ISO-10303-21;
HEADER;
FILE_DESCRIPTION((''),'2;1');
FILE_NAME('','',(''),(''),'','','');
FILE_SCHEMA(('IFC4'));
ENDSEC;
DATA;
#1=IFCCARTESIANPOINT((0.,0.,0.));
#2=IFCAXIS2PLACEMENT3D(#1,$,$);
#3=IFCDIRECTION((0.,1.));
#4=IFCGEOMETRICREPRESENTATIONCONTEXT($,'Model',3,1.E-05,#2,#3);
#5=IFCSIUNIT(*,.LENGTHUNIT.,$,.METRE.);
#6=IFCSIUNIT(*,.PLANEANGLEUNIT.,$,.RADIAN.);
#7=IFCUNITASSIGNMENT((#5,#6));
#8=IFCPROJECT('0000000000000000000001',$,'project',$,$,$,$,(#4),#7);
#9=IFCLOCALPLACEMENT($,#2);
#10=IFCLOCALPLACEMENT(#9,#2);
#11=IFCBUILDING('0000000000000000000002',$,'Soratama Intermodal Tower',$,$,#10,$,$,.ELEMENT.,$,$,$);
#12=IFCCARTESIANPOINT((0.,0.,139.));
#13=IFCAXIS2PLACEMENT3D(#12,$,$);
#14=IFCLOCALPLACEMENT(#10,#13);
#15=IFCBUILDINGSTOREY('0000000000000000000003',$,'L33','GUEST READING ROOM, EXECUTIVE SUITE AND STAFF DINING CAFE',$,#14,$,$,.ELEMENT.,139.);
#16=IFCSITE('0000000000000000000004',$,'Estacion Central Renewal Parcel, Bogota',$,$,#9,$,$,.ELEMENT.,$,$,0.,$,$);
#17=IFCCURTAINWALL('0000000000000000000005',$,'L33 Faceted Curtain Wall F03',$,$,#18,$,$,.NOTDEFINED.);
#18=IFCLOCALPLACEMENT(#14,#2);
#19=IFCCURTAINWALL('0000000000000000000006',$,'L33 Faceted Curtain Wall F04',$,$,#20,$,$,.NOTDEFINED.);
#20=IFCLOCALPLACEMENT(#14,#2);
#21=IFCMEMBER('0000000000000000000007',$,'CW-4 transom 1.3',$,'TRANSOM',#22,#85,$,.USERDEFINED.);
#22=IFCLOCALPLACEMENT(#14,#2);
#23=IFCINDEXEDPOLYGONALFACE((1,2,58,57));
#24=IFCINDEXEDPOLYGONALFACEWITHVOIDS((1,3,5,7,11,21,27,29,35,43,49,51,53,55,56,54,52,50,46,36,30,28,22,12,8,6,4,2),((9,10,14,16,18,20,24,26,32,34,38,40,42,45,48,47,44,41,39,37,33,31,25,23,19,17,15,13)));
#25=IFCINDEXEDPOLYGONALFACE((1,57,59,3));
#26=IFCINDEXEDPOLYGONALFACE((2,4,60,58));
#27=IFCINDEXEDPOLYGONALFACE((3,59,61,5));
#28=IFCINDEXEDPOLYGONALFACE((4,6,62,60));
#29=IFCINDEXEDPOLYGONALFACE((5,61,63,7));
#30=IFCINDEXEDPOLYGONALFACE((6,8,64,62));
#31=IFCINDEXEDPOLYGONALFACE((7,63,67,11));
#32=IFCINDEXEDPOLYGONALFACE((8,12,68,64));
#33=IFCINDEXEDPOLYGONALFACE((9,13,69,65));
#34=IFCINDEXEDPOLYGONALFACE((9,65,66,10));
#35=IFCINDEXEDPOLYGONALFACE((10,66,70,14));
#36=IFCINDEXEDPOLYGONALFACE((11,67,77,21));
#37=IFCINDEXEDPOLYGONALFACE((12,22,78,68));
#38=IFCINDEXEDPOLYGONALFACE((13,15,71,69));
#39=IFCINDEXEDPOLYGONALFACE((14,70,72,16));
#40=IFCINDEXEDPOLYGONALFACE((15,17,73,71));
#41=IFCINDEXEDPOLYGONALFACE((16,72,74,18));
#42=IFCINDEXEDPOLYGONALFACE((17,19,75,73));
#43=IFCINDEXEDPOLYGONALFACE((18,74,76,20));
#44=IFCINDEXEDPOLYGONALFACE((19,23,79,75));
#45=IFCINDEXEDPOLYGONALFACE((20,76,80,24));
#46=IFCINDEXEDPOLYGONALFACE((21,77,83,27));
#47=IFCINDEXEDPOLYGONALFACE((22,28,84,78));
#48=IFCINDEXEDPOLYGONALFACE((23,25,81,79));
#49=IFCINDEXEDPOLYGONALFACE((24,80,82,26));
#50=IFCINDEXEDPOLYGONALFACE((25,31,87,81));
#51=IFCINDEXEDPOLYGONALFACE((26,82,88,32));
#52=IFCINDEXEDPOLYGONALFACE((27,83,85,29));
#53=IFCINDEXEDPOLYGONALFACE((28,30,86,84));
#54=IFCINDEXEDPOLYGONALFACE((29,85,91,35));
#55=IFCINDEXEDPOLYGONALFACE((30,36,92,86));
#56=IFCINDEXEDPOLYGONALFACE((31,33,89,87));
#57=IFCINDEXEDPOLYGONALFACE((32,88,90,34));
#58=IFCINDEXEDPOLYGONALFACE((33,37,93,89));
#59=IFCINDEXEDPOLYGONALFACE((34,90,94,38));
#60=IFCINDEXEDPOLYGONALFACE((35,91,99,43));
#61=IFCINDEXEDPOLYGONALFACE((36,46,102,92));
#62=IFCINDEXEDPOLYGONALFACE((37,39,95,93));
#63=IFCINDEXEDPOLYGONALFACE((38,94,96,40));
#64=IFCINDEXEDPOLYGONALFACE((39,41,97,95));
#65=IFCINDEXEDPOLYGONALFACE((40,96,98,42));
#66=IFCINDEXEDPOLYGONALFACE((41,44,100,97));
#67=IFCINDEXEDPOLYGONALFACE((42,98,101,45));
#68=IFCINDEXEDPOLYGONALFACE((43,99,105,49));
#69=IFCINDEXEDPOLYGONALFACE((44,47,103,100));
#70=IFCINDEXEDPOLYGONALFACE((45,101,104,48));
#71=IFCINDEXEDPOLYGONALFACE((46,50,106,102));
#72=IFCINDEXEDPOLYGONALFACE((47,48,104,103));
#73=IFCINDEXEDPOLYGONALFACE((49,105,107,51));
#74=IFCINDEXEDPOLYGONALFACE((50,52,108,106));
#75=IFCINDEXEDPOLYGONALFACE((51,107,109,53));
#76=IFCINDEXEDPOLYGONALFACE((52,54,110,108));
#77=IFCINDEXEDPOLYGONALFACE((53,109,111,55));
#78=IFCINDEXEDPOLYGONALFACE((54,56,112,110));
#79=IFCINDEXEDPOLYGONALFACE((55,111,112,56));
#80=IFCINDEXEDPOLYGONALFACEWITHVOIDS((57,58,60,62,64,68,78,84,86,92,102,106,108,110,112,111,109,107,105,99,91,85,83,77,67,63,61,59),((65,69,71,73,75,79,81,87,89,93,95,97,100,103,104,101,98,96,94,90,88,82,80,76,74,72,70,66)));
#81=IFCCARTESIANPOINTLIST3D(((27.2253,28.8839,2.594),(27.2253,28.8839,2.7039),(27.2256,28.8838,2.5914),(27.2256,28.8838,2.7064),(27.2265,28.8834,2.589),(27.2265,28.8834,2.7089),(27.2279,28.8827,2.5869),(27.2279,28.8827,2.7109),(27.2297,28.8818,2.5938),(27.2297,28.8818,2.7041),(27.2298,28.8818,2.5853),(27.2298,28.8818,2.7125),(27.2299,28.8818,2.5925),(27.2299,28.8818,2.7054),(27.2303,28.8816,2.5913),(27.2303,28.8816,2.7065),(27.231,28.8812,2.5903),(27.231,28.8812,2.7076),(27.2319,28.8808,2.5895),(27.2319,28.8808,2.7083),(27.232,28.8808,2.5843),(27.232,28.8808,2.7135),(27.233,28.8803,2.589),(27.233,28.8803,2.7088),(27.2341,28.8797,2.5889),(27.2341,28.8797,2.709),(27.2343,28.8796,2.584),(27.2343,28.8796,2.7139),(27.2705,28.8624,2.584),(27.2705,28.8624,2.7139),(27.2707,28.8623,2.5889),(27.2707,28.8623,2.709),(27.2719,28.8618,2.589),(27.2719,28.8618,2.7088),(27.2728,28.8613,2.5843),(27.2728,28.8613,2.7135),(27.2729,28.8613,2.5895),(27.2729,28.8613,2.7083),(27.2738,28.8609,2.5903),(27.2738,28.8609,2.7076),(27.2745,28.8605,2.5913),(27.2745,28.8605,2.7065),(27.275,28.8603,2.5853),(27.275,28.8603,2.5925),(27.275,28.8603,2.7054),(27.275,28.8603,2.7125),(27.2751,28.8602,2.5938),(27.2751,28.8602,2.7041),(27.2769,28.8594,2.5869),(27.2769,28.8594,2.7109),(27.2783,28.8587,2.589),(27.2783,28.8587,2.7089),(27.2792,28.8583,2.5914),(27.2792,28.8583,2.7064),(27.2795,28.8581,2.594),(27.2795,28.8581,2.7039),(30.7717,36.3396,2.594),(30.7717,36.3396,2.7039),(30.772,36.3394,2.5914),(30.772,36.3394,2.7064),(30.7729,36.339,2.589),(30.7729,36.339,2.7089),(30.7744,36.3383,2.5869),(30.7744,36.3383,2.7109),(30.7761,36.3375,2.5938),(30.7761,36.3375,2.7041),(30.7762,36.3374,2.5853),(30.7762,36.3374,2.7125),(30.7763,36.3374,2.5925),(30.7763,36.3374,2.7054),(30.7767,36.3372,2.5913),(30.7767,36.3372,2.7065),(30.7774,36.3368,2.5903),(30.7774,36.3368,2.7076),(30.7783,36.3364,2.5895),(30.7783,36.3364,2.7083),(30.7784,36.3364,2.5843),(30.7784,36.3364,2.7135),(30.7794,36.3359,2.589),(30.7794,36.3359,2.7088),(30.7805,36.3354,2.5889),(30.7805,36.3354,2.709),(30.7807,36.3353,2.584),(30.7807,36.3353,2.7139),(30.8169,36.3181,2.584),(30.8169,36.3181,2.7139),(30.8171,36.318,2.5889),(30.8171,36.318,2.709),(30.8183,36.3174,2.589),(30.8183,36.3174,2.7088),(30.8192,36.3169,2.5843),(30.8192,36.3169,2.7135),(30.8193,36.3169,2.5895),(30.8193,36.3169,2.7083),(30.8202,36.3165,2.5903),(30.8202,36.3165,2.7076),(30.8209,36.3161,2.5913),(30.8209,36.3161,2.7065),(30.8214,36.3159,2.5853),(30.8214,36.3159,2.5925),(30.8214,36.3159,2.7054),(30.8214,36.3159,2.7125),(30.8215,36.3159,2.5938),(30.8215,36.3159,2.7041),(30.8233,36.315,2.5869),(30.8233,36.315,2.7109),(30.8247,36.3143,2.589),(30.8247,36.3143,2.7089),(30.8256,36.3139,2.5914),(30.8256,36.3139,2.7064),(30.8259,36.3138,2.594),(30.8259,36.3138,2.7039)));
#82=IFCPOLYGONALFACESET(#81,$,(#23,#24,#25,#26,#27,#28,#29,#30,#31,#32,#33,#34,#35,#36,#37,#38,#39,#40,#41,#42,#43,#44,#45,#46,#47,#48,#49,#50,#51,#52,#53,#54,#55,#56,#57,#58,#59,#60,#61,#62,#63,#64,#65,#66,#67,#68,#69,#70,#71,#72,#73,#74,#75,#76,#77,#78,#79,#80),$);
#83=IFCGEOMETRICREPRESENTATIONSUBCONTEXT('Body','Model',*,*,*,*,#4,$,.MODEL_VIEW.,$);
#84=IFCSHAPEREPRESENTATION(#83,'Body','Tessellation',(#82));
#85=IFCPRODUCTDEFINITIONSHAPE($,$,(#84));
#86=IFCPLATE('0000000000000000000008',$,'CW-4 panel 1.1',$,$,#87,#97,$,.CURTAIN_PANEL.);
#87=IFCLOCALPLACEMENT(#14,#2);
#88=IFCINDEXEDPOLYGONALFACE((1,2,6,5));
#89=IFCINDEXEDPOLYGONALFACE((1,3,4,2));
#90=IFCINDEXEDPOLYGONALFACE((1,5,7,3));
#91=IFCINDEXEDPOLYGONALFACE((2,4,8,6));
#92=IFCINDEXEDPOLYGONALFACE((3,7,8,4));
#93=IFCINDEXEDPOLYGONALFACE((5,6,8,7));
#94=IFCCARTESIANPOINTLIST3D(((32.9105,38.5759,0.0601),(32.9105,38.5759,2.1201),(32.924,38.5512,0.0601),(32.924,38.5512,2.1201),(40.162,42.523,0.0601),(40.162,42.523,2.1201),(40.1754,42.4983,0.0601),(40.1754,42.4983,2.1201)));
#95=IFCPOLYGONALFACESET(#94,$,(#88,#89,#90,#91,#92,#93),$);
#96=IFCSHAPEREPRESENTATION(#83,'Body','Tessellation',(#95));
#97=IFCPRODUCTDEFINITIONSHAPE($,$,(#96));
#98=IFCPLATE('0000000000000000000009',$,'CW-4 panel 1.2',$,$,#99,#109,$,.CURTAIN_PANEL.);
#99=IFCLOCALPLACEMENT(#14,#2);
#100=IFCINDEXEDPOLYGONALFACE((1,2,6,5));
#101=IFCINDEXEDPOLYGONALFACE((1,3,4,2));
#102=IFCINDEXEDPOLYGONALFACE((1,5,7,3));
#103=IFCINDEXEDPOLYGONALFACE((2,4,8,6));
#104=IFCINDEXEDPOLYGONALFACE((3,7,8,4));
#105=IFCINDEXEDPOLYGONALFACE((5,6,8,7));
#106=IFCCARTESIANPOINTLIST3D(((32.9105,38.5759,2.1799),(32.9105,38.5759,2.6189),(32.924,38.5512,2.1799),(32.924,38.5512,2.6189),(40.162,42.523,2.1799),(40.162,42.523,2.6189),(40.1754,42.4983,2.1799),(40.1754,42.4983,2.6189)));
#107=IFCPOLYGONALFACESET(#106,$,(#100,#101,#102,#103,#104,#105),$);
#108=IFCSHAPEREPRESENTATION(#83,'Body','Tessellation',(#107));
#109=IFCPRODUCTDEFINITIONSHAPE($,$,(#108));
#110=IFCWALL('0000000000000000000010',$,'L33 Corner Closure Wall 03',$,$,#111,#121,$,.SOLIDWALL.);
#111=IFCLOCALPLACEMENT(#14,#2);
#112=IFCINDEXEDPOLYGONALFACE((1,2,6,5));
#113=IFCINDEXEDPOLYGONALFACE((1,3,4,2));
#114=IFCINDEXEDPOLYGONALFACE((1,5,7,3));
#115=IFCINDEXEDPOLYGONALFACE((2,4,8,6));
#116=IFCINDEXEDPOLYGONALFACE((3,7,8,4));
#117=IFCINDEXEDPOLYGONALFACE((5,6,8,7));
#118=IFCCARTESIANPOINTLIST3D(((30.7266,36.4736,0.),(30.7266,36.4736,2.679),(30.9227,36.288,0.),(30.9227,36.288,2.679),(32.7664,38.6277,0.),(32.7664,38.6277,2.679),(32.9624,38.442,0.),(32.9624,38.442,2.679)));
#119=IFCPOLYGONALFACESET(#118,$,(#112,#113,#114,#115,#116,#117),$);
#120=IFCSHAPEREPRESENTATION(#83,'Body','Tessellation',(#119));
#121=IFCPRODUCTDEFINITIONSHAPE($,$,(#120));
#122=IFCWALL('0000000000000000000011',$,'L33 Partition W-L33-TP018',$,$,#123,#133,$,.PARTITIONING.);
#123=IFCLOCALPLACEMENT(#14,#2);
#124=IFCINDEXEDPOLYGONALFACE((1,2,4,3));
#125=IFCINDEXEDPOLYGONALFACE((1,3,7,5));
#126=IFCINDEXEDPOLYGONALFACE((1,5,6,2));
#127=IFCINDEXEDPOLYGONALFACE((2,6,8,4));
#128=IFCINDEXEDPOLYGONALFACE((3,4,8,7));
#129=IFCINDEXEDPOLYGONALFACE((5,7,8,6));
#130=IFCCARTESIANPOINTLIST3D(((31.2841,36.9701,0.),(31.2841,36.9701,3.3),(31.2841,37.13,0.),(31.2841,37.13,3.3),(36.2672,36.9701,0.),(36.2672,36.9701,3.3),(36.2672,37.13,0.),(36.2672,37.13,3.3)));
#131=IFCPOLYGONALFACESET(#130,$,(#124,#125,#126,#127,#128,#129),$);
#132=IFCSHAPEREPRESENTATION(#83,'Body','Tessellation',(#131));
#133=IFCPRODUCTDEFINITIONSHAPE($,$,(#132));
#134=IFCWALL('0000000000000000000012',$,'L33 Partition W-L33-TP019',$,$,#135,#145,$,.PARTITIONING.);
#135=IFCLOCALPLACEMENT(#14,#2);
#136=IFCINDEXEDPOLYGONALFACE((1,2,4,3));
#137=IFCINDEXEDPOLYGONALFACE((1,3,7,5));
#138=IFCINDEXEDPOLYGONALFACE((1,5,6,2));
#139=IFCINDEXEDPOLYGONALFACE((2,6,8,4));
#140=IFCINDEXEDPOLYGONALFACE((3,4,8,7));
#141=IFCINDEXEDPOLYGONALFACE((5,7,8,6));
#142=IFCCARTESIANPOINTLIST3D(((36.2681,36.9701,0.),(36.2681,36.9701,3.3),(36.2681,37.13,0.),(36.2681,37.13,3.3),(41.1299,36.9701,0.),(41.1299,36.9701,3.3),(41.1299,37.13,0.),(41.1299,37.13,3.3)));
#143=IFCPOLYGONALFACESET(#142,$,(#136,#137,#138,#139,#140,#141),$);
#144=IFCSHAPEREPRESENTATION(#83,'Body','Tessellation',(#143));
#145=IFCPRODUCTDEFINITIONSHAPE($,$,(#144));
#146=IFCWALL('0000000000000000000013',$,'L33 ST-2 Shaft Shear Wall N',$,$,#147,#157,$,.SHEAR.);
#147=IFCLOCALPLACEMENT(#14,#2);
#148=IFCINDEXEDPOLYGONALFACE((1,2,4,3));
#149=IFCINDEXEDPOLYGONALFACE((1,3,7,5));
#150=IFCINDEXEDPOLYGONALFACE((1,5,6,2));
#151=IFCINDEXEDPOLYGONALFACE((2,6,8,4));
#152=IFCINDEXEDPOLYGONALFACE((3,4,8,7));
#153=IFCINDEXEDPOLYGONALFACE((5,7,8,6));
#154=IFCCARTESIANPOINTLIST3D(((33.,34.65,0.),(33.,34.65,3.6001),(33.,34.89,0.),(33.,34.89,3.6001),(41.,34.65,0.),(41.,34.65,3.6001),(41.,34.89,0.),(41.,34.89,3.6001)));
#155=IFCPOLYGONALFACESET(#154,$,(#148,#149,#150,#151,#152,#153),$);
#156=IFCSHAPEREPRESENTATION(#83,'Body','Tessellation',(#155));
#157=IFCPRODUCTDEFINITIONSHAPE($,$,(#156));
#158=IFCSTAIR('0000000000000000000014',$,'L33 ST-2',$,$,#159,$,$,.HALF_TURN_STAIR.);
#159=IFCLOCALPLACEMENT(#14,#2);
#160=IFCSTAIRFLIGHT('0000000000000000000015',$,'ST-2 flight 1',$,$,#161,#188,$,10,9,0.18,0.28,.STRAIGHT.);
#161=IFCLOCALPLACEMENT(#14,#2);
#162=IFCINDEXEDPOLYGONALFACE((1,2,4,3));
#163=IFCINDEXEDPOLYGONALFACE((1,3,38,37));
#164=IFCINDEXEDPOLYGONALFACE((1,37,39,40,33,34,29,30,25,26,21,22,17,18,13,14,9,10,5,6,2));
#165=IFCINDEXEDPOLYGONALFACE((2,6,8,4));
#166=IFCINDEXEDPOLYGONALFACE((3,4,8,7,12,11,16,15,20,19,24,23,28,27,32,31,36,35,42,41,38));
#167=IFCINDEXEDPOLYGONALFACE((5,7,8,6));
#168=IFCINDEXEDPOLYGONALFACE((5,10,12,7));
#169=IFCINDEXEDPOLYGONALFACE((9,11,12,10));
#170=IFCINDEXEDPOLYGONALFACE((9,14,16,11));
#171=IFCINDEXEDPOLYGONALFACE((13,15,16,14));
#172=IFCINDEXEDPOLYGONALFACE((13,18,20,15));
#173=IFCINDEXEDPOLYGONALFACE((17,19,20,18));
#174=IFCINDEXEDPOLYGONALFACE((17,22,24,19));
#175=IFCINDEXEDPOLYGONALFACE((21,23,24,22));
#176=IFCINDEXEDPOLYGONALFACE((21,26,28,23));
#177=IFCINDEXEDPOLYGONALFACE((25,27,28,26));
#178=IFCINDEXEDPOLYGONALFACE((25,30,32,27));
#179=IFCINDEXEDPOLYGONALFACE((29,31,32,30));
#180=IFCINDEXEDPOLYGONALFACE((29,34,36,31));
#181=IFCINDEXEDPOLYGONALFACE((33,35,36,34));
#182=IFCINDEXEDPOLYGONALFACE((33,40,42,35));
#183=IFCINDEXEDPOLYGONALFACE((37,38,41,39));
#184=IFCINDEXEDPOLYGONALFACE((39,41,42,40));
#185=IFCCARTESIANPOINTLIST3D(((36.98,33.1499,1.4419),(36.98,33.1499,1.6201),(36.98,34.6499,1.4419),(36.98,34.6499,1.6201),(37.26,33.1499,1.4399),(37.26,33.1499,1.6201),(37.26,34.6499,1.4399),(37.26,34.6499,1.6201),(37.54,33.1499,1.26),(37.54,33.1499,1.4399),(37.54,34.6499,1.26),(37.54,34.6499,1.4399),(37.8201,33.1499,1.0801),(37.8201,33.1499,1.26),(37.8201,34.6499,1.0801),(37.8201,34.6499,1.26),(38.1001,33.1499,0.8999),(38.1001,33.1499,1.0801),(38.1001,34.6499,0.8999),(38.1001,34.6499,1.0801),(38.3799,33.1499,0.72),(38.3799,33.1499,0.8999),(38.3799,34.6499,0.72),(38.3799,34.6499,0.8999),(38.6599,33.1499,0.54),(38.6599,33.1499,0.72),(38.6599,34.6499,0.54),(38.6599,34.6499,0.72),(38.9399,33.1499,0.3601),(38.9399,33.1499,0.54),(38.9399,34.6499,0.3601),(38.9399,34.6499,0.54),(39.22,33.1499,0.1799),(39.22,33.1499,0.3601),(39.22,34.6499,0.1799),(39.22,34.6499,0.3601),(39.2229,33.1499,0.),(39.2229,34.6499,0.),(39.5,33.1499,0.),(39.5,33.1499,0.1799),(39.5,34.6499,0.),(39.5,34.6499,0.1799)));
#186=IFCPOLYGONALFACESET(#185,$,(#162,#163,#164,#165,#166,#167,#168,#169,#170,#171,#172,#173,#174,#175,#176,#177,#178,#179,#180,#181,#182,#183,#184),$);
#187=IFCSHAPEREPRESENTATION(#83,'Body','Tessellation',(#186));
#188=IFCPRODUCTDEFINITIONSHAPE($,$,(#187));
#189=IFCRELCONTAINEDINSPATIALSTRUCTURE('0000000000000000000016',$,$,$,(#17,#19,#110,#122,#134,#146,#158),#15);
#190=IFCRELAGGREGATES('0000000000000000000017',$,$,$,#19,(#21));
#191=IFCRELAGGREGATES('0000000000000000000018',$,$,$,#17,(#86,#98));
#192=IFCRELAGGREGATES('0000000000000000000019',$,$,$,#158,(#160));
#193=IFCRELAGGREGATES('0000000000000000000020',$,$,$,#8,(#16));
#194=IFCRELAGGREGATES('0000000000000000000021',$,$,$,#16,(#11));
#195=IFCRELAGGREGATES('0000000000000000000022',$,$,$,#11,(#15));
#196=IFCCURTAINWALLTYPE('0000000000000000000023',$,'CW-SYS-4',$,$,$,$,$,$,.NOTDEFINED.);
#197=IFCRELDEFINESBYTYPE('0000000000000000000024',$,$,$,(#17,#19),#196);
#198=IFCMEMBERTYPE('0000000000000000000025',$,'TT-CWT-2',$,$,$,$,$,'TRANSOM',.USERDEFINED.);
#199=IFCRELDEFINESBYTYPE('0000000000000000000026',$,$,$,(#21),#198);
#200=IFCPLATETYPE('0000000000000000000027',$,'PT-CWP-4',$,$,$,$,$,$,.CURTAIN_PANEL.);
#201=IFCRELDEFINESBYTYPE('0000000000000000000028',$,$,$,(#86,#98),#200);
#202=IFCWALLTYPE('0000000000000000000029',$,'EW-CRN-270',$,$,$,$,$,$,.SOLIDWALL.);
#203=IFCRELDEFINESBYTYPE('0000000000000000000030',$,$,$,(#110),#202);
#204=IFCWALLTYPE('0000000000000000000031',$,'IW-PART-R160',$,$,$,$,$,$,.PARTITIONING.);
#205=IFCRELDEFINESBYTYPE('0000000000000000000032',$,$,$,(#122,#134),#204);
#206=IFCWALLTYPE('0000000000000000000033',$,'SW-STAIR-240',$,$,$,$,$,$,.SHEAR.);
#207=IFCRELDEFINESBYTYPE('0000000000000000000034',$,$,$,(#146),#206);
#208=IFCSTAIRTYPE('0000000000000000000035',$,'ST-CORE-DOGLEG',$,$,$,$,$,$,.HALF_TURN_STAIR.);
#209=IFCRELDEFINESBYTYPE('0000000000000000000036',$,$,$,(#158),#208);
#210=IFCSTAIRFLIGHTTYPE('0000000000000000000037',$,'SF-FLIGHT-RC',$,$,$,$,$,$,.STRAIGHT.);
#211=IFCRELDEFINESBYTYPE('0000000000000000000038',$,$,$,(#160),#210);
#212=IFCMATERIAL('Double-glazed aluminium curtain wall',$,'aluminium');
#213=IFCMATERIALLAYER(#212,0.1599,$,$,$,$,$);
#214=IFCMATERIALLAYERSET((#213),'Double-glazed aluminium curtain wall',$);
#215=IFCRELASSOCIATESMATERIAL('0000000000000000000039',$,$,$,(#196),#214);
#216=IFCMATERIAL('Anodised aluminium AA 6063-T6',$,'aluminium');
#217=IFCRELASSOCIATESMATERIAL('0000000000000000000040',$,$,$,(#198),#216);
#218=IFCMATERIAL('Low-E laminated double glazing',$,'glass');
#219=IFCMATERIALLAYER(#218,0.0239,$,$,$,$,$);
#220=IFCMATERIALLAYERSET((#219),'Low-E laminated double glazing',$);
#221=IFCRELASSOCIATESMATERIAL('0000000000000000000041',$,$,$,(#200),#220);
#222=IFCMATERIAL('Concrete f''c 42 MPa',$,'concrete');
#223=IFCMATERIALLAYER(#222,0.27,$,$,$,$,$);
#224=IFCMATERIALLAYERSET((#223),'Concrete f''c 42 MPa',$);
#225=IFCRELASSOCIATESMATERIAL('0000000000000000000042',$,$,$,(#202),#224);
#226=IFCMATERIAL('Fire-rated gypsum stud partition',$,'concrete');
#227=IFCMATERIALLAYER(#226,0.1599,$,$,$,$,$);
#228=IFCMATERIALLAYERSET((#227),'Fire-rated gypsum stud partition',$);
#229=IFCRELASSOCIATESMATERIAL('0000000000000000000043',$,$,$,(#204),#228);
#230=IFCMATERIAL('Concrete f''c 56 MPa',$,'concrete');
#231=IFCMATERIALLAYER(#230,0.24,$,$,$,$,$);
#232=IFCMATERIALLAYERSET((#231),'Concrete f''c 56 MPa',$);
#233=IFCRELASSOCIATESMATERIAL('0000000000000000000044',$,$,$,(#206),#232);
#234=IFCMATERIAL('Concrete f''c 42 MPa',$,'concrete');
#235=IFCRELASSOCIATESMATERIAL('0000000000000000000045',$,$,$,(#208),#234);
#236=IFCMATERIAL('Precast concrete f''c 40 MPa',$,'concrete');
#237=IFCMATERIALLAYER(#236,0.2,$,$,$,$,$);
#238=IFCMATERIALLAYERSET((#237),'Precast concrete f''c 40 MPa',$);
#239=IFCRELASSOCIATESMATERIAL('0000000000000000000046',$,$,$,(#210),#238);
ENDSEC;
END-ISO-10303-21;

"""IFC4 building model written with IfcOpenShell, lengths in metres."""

from ifc_helpers import new_model, si_unit, direction, frame, frame_2d, origin, origin_2d, place, context, subcontext, project, spatial, polyline, rectangle, hollow_rectangle, outline, extrude, material, layer, layer_set, material_profile, profile_set, type_object, element, aggregate, save


model = new_model("IFC4")

# Units and contexts
model_context = context("Model", 3, precision=1e-05, world=origin(), true_north=direction((0.0, 1.0)))
body_context = subcontext(model_context, "Body", "Model", "MODEL_VIEW")
ifc_project = project(units=[si_unit("LENGTHUNIT", "METRE"), si_unit("PLANEANGLEUNIT", "RADIAN")], contexts=[model_context])

# Site, building, storey
site_placement = place(None, origin())
site = spatial("IfcSite", under=ifc_project, at=site_placement, Name="Estacion Central Renewal Parcel, Bogota", CompositionType="ELEMENT", RefElevation=0.0)
building_placement = place(site_placement, origin())
building = spatial("IfcBuilding", under=site, at=building_placement, Name="Soratama Intermodal Tower", CompositionType="ELEMENT")
storey_placement = place(building_placement, frame((0.0, 0.0, 139.0)))
storey = spatial("IfcBuildingStorey", under=building, at=storey_placement, Name="L33", Description="GUEST READING ROOM, EXECUTIVE SUITE AND STAFF DINING CAFE", CompositionType="ELEMENT", Elevation=139.0)

# Curtain wall
ifc_material_1 = material(Name="Double-glazed aluminium curtain wall", Category="aluminium")
ifc_layer_1 = layer(ifc_material_1, 0.1599)
ifc_layer_set_1 = layer_set([ifc_layer_1], Name="Double-glazed aluminium curtain wall")
curtain_wall_type = type_object("IfcCurtainWallType", Name="CW-SYS-4", PredefinedType="NOTDEFINED", material=ifc_layer_set_1)
curtain_wall_1_placement = place(storey_placement, origin())
curtain_wall_1 = element("IfcCurtainWall", 1, at=curtain_wall_1_placement, inside=storey, type_object=curtain_wall_type, Name="L33 Faceted Curtain Wall F03", PredefinedType="NOTDEFINED")

# Curtain wall
curtain_wall_2_placement = place(storey_placement, origin())
curtain_wall_2 = element("IfcCurtainWall", 2, at=curtain_wall_2_placement, inside=storey, type_object=curtain_wall_type, Name="L33 Faceted Curtain Wall F04", PredefinedType="NOTDEFINED")

# Member
ifc_material_2 = material(Name="Anodised aluminium AA 6063-T6", Category="aluminium")
ifc_material_profile_1 = material_profile(ifc_material_2, hollow_rectangle(XDim=0.0601, YDim=0.1299, WallThickness=0.0049, InnerFilletRadius=0.0049, OuterFilletRadius=0.01, at=origin_2d()), Name="CWT130X60X5")
ifc_profile_set_1 = profile_set([ifc_material_profile_1], Name="Anodised aluminium AA 6063-T6")
member_type_1 = type_object("IfcMemberType", Name="TT-CWT-2", ElementType="TRANSOM", PredefinedType="USERDEFINED", material=ifc_profile_set_1)
member_1_placement = place(storey_placement, frame((30.7988, 36.3267, 2.6489), z_axis=(-0.42955, -0.903043, 0.0), x_axis=(0.903043, -0.42955, 0.0)))
member_1 = element("IfcMember", 3, at=member_1_placement, type_object=member_type_1, Name="CW-4 transom 1.3", ObjectType="TRANSOM", PredefinedType="USERDEFINED", context=body_context, shape_type="SweptSolid", body=[
    extrude(hollow_rectangle(XDim=0.0601, YDim=0.1299, WallThickness=0.0049, InnerFilletRadius=0.0049, OuterFilletRadius=0.01, at=origin_2d()), origin(), (0.0, 0.0, 1.0), 8.2561),
])
aggregate(curtain_wall_2, [member_1])

# Plates
ifc_material_3 = material(Name="Low-E laminated double glazing", Category="glass")
ifc_layer_2 = layer(ifc_material_3, 0.0239)
ifc_layer_set_2 = layer_set([ifc_layer_2], Name="Low-E laminated double glazing")
plate_type = type_object("IfcPlateType", Name="PT-CWP-4", PredefinedType="CURTAIN_PANEL", material=ifc_layer_set_2)
plate_1_placement = place(storey_placement, frame((36.543, 40.5371, 0.0601), z_axis=(0.0, 0.0, 1.0), x_axis=(-0.878315, -0.478083, 0.0)))
plate_1 = element("IfcPlate", 4, at=plate_1_placement, type_object=plate_type, Name="CW-4 panel 1.1", PredefinedType="CURTAIN_PANEL", context=body_context, shape_type="SweptSolid", body=[
    extrude(rectangle(XDim=8.2561, YDim=0.0281, at=origin_2d()), origin(), (0.0, 0.0, 1.0), 2.0601),
])
plate_2_placement = place(storey_placement, frame((36.543, 40.5371, 2.1799), z_axis=(0.0, 0.0, 1.0), x_axis=(-0.878315, -0.478083, 0.0)))
plate_2 = element("IfcPlate", 5, at=plate_2_placement, type_object=plate_type, Name="CW-4 panel 1.2", PredefinedType="CURTAIN_PANEL", context=body_context, shape_type="SweptSolid", body=[
    extrude(rectangle(XDim=8.2561, YDim=0.0281, at=origin_2d()), origin(), (0.0, 0.0, 1.0), 0.439),
])
aggregate(curtain_wall_1, [plate_1, plate_2])

# Walls
ifc_material_4 = material(Name="Concrete f'c 42 MPa", Category="concrete")
ifc_layer_3 = layer(ifc_material_4, 0.27)
ifc_layer_set_3 = layer_set([ifc_layer_3], Name="Concrete f'c 42 MPa")
wall_type_1 = type_object("IfcWallType", Name="EW-CRN-270", PredefinedType="SOLIDWALL", material=ifc_layer_set_3)
wall_1_placement = place(storey_placement, frame((32.8645, 38.5349, 0.0), z_axis=(0.0, 0.0, 1.0), x_axis=(-0.687587, -0.726102, 0.0)))
element("IfcWall", 6, at=wall_1_placement, inside=storey, type_object=wall_type_1, Name="L33 Corner Closure Wall 03", PredefinedType="SOLIDWALL", context=body_context, shape_type="SweptSolid", body=[
    extrude(rectangle(XDim=2.9666, YDim=0.27, at=frame_2d((1.4834, 0.0))), origin(), (0.0, 0.0, 1.0), 2.679),
])
ifc_material_5 = material(Name="Fire-rated gypsum stud partition", Category="concrete")
ifc_layer_4 = layer(ifc_material_5, 0.1599)
ifc_layer_set_4 = layer_set([ifc_layer_4], Name="Fire-rated gypsum stud partition")
wall_type_2 = type_object("IfcWallType", Name="IW-PART-R160", PredefinedType="PARTITIONING", material=ifc_layer_set_4)
wall_2_placement = place(storey_placement, frame((31.2839, 37.05, 0.0), z_axis=(0.0, 0.0, 1.0), x_axis=(1.0, 0.0, 0.0)))
element("IfcWall", 7, at=wall_2_placement, inside=storey, type_object=wall_type_2, Name="L33 Partition W-L33-TP018", PredefinedType="PARTITIONING", context=body_context, shape_type="SweptSolid", body=[
    extrude(rectangle(XDim=4.9832, YDim=0.1599, at=frame_2d((2.4917, 0.0))), origin(), (0.0, 0.0, 1.0), 3.3),
])
wall_3_placement = place(storey_placement, frame((36.2681, 37.05, 0.0), z_axis=(0.0, 0.0, 1.0), x_axis=(1.0, 0.0, 0.0)))
element("IfcWall", 8, at=wall_3_placement, inside=storey, type_object=wall_type_2, Name="L33 Partition W-L33-TP019", PredefinedType="PARTITIONING", context=body_context, shape_type="SweptSolid", body=[
    extrude(rectangle(XDim=4.8618, YDim=0.1599, at=frame_2d((2.4309, 0.0))), origin(), (0.0, 0.0, 1.0), 3.3),
])
ifc_material_6 = material(Name="Concrete f'c 56 MPa", Category="concrete")
ifc_layer_5 = layer(ifc_material_6, 0.24)
ifc_layer_set_5 = layer_set([ifc_layer_5], Name="Concrete f'c 56 MPa")
wall_type_3 = type_object("IfcWallType", Name="SW-STAIR-240", PredefinedType="SHEAR", material=ifc_layer_set_5)
wall_4_placement = place(storey_placement, frame((33.0, 34.77, 0.0), z_axis=(0.0, 0.0, 1.0), x_axis=(1.0, 0.0, 0.0)))
element("IfcWall", 9, at=wall_4_placement, inside=storey, type_object=wall_type_3, Name="L33 ST-2 Shaft Shear Wall N", PredefinedType="SHEAR", context=body_context, shape_type="SweptSolid", body=[
    extrude(rectangle(XDim=8.0, YDim=0.24, at=frame_2d((4.0, 0.0))), origin(), (0.0, 0.0, 1.0), 3.6001),
])

# Stair, stair flight
ifc_material_7 = material(Name="Concrete f'c 42 MPa", Category="concrete")
stair_type = type_object("IfcStairType", Name="ST-CORE-DOGLEG", PredefinedType="HALF_TURN_STAIR", material=ifc_material_7)
stair_placement = place(storey_placement, origin())
stair = element("IfcStair", 10, at=stair_placement, inside=storey, type_object=stair_type, Name="L33 ST-2", PredefinedType="HALF_TURN_STAIR")
ifc_material_8 = material(Name="Precast concrete f'c 40 MPa", Category="concrete")
ifc_layer_6 = layer(ifc_material_8, 0.2)
ifc_layer_set_6 = layer_set([ifc_layer_6], Name="Precast concrete f'c 40 MPa")
stair_flight_type = type_object("IfcStairFlightType", Name="SF-FLIGHT-RC", PredefinedType="STRAIGHT", material=ifc_layer_set_6)
stair_flight_placement = place(storey_placement, frame((39.5, 33.8999, 0.0), z_axis=(0.0, 0.0, 1.0), x_axis=(-1.0, 0.0, 0.0)))
stair_flight = element("IfcStairFlight", 11, at=stair_flight_placement, type_object=stair_flight_type, Name="ST-2 flight 1", NumberOfRisers=10, NumberOfTreads=9, PredefinedType="STRAIGHT", RiserHeight=0.18, TreadLength=0.28, context=body_context, shape_type="SweptSolid", body=[
    extrude(outline(polyline([(0.0, 0.0), (0.0, 0.1799), (0.28, 0.1799), (0.28, 0.3601), (0.5601, 0.3601), (0.5601, 0.54), (0.8401, 0.54), (0.8401, 0.72), (1.1201, 0.72), (1.1201, 0.8999), (1.3999, 0.8999), (1.3999, 1.0801), (1.6799, 1.0801), (1.6799, 1.26), (1.96, 1.26), (1.96, 1.4399), (2.24, 1.4399), (2.24, 1.6201), (2.52, 1.6201), (2.52, 1.8), (2.52, 1.4419), (0.2771, 0.0), (0.0, 0.0)])), frame((0.0, 0.75, 0.0), z_axis=(0.0, -1.0, 0.0), x_axis=(1.0, 0.0, 0.0)), (0.0, 0.0, 1.0), 1.5),
])
aggregate(stair, [stair_flight])

save(model, "model.ifc")
